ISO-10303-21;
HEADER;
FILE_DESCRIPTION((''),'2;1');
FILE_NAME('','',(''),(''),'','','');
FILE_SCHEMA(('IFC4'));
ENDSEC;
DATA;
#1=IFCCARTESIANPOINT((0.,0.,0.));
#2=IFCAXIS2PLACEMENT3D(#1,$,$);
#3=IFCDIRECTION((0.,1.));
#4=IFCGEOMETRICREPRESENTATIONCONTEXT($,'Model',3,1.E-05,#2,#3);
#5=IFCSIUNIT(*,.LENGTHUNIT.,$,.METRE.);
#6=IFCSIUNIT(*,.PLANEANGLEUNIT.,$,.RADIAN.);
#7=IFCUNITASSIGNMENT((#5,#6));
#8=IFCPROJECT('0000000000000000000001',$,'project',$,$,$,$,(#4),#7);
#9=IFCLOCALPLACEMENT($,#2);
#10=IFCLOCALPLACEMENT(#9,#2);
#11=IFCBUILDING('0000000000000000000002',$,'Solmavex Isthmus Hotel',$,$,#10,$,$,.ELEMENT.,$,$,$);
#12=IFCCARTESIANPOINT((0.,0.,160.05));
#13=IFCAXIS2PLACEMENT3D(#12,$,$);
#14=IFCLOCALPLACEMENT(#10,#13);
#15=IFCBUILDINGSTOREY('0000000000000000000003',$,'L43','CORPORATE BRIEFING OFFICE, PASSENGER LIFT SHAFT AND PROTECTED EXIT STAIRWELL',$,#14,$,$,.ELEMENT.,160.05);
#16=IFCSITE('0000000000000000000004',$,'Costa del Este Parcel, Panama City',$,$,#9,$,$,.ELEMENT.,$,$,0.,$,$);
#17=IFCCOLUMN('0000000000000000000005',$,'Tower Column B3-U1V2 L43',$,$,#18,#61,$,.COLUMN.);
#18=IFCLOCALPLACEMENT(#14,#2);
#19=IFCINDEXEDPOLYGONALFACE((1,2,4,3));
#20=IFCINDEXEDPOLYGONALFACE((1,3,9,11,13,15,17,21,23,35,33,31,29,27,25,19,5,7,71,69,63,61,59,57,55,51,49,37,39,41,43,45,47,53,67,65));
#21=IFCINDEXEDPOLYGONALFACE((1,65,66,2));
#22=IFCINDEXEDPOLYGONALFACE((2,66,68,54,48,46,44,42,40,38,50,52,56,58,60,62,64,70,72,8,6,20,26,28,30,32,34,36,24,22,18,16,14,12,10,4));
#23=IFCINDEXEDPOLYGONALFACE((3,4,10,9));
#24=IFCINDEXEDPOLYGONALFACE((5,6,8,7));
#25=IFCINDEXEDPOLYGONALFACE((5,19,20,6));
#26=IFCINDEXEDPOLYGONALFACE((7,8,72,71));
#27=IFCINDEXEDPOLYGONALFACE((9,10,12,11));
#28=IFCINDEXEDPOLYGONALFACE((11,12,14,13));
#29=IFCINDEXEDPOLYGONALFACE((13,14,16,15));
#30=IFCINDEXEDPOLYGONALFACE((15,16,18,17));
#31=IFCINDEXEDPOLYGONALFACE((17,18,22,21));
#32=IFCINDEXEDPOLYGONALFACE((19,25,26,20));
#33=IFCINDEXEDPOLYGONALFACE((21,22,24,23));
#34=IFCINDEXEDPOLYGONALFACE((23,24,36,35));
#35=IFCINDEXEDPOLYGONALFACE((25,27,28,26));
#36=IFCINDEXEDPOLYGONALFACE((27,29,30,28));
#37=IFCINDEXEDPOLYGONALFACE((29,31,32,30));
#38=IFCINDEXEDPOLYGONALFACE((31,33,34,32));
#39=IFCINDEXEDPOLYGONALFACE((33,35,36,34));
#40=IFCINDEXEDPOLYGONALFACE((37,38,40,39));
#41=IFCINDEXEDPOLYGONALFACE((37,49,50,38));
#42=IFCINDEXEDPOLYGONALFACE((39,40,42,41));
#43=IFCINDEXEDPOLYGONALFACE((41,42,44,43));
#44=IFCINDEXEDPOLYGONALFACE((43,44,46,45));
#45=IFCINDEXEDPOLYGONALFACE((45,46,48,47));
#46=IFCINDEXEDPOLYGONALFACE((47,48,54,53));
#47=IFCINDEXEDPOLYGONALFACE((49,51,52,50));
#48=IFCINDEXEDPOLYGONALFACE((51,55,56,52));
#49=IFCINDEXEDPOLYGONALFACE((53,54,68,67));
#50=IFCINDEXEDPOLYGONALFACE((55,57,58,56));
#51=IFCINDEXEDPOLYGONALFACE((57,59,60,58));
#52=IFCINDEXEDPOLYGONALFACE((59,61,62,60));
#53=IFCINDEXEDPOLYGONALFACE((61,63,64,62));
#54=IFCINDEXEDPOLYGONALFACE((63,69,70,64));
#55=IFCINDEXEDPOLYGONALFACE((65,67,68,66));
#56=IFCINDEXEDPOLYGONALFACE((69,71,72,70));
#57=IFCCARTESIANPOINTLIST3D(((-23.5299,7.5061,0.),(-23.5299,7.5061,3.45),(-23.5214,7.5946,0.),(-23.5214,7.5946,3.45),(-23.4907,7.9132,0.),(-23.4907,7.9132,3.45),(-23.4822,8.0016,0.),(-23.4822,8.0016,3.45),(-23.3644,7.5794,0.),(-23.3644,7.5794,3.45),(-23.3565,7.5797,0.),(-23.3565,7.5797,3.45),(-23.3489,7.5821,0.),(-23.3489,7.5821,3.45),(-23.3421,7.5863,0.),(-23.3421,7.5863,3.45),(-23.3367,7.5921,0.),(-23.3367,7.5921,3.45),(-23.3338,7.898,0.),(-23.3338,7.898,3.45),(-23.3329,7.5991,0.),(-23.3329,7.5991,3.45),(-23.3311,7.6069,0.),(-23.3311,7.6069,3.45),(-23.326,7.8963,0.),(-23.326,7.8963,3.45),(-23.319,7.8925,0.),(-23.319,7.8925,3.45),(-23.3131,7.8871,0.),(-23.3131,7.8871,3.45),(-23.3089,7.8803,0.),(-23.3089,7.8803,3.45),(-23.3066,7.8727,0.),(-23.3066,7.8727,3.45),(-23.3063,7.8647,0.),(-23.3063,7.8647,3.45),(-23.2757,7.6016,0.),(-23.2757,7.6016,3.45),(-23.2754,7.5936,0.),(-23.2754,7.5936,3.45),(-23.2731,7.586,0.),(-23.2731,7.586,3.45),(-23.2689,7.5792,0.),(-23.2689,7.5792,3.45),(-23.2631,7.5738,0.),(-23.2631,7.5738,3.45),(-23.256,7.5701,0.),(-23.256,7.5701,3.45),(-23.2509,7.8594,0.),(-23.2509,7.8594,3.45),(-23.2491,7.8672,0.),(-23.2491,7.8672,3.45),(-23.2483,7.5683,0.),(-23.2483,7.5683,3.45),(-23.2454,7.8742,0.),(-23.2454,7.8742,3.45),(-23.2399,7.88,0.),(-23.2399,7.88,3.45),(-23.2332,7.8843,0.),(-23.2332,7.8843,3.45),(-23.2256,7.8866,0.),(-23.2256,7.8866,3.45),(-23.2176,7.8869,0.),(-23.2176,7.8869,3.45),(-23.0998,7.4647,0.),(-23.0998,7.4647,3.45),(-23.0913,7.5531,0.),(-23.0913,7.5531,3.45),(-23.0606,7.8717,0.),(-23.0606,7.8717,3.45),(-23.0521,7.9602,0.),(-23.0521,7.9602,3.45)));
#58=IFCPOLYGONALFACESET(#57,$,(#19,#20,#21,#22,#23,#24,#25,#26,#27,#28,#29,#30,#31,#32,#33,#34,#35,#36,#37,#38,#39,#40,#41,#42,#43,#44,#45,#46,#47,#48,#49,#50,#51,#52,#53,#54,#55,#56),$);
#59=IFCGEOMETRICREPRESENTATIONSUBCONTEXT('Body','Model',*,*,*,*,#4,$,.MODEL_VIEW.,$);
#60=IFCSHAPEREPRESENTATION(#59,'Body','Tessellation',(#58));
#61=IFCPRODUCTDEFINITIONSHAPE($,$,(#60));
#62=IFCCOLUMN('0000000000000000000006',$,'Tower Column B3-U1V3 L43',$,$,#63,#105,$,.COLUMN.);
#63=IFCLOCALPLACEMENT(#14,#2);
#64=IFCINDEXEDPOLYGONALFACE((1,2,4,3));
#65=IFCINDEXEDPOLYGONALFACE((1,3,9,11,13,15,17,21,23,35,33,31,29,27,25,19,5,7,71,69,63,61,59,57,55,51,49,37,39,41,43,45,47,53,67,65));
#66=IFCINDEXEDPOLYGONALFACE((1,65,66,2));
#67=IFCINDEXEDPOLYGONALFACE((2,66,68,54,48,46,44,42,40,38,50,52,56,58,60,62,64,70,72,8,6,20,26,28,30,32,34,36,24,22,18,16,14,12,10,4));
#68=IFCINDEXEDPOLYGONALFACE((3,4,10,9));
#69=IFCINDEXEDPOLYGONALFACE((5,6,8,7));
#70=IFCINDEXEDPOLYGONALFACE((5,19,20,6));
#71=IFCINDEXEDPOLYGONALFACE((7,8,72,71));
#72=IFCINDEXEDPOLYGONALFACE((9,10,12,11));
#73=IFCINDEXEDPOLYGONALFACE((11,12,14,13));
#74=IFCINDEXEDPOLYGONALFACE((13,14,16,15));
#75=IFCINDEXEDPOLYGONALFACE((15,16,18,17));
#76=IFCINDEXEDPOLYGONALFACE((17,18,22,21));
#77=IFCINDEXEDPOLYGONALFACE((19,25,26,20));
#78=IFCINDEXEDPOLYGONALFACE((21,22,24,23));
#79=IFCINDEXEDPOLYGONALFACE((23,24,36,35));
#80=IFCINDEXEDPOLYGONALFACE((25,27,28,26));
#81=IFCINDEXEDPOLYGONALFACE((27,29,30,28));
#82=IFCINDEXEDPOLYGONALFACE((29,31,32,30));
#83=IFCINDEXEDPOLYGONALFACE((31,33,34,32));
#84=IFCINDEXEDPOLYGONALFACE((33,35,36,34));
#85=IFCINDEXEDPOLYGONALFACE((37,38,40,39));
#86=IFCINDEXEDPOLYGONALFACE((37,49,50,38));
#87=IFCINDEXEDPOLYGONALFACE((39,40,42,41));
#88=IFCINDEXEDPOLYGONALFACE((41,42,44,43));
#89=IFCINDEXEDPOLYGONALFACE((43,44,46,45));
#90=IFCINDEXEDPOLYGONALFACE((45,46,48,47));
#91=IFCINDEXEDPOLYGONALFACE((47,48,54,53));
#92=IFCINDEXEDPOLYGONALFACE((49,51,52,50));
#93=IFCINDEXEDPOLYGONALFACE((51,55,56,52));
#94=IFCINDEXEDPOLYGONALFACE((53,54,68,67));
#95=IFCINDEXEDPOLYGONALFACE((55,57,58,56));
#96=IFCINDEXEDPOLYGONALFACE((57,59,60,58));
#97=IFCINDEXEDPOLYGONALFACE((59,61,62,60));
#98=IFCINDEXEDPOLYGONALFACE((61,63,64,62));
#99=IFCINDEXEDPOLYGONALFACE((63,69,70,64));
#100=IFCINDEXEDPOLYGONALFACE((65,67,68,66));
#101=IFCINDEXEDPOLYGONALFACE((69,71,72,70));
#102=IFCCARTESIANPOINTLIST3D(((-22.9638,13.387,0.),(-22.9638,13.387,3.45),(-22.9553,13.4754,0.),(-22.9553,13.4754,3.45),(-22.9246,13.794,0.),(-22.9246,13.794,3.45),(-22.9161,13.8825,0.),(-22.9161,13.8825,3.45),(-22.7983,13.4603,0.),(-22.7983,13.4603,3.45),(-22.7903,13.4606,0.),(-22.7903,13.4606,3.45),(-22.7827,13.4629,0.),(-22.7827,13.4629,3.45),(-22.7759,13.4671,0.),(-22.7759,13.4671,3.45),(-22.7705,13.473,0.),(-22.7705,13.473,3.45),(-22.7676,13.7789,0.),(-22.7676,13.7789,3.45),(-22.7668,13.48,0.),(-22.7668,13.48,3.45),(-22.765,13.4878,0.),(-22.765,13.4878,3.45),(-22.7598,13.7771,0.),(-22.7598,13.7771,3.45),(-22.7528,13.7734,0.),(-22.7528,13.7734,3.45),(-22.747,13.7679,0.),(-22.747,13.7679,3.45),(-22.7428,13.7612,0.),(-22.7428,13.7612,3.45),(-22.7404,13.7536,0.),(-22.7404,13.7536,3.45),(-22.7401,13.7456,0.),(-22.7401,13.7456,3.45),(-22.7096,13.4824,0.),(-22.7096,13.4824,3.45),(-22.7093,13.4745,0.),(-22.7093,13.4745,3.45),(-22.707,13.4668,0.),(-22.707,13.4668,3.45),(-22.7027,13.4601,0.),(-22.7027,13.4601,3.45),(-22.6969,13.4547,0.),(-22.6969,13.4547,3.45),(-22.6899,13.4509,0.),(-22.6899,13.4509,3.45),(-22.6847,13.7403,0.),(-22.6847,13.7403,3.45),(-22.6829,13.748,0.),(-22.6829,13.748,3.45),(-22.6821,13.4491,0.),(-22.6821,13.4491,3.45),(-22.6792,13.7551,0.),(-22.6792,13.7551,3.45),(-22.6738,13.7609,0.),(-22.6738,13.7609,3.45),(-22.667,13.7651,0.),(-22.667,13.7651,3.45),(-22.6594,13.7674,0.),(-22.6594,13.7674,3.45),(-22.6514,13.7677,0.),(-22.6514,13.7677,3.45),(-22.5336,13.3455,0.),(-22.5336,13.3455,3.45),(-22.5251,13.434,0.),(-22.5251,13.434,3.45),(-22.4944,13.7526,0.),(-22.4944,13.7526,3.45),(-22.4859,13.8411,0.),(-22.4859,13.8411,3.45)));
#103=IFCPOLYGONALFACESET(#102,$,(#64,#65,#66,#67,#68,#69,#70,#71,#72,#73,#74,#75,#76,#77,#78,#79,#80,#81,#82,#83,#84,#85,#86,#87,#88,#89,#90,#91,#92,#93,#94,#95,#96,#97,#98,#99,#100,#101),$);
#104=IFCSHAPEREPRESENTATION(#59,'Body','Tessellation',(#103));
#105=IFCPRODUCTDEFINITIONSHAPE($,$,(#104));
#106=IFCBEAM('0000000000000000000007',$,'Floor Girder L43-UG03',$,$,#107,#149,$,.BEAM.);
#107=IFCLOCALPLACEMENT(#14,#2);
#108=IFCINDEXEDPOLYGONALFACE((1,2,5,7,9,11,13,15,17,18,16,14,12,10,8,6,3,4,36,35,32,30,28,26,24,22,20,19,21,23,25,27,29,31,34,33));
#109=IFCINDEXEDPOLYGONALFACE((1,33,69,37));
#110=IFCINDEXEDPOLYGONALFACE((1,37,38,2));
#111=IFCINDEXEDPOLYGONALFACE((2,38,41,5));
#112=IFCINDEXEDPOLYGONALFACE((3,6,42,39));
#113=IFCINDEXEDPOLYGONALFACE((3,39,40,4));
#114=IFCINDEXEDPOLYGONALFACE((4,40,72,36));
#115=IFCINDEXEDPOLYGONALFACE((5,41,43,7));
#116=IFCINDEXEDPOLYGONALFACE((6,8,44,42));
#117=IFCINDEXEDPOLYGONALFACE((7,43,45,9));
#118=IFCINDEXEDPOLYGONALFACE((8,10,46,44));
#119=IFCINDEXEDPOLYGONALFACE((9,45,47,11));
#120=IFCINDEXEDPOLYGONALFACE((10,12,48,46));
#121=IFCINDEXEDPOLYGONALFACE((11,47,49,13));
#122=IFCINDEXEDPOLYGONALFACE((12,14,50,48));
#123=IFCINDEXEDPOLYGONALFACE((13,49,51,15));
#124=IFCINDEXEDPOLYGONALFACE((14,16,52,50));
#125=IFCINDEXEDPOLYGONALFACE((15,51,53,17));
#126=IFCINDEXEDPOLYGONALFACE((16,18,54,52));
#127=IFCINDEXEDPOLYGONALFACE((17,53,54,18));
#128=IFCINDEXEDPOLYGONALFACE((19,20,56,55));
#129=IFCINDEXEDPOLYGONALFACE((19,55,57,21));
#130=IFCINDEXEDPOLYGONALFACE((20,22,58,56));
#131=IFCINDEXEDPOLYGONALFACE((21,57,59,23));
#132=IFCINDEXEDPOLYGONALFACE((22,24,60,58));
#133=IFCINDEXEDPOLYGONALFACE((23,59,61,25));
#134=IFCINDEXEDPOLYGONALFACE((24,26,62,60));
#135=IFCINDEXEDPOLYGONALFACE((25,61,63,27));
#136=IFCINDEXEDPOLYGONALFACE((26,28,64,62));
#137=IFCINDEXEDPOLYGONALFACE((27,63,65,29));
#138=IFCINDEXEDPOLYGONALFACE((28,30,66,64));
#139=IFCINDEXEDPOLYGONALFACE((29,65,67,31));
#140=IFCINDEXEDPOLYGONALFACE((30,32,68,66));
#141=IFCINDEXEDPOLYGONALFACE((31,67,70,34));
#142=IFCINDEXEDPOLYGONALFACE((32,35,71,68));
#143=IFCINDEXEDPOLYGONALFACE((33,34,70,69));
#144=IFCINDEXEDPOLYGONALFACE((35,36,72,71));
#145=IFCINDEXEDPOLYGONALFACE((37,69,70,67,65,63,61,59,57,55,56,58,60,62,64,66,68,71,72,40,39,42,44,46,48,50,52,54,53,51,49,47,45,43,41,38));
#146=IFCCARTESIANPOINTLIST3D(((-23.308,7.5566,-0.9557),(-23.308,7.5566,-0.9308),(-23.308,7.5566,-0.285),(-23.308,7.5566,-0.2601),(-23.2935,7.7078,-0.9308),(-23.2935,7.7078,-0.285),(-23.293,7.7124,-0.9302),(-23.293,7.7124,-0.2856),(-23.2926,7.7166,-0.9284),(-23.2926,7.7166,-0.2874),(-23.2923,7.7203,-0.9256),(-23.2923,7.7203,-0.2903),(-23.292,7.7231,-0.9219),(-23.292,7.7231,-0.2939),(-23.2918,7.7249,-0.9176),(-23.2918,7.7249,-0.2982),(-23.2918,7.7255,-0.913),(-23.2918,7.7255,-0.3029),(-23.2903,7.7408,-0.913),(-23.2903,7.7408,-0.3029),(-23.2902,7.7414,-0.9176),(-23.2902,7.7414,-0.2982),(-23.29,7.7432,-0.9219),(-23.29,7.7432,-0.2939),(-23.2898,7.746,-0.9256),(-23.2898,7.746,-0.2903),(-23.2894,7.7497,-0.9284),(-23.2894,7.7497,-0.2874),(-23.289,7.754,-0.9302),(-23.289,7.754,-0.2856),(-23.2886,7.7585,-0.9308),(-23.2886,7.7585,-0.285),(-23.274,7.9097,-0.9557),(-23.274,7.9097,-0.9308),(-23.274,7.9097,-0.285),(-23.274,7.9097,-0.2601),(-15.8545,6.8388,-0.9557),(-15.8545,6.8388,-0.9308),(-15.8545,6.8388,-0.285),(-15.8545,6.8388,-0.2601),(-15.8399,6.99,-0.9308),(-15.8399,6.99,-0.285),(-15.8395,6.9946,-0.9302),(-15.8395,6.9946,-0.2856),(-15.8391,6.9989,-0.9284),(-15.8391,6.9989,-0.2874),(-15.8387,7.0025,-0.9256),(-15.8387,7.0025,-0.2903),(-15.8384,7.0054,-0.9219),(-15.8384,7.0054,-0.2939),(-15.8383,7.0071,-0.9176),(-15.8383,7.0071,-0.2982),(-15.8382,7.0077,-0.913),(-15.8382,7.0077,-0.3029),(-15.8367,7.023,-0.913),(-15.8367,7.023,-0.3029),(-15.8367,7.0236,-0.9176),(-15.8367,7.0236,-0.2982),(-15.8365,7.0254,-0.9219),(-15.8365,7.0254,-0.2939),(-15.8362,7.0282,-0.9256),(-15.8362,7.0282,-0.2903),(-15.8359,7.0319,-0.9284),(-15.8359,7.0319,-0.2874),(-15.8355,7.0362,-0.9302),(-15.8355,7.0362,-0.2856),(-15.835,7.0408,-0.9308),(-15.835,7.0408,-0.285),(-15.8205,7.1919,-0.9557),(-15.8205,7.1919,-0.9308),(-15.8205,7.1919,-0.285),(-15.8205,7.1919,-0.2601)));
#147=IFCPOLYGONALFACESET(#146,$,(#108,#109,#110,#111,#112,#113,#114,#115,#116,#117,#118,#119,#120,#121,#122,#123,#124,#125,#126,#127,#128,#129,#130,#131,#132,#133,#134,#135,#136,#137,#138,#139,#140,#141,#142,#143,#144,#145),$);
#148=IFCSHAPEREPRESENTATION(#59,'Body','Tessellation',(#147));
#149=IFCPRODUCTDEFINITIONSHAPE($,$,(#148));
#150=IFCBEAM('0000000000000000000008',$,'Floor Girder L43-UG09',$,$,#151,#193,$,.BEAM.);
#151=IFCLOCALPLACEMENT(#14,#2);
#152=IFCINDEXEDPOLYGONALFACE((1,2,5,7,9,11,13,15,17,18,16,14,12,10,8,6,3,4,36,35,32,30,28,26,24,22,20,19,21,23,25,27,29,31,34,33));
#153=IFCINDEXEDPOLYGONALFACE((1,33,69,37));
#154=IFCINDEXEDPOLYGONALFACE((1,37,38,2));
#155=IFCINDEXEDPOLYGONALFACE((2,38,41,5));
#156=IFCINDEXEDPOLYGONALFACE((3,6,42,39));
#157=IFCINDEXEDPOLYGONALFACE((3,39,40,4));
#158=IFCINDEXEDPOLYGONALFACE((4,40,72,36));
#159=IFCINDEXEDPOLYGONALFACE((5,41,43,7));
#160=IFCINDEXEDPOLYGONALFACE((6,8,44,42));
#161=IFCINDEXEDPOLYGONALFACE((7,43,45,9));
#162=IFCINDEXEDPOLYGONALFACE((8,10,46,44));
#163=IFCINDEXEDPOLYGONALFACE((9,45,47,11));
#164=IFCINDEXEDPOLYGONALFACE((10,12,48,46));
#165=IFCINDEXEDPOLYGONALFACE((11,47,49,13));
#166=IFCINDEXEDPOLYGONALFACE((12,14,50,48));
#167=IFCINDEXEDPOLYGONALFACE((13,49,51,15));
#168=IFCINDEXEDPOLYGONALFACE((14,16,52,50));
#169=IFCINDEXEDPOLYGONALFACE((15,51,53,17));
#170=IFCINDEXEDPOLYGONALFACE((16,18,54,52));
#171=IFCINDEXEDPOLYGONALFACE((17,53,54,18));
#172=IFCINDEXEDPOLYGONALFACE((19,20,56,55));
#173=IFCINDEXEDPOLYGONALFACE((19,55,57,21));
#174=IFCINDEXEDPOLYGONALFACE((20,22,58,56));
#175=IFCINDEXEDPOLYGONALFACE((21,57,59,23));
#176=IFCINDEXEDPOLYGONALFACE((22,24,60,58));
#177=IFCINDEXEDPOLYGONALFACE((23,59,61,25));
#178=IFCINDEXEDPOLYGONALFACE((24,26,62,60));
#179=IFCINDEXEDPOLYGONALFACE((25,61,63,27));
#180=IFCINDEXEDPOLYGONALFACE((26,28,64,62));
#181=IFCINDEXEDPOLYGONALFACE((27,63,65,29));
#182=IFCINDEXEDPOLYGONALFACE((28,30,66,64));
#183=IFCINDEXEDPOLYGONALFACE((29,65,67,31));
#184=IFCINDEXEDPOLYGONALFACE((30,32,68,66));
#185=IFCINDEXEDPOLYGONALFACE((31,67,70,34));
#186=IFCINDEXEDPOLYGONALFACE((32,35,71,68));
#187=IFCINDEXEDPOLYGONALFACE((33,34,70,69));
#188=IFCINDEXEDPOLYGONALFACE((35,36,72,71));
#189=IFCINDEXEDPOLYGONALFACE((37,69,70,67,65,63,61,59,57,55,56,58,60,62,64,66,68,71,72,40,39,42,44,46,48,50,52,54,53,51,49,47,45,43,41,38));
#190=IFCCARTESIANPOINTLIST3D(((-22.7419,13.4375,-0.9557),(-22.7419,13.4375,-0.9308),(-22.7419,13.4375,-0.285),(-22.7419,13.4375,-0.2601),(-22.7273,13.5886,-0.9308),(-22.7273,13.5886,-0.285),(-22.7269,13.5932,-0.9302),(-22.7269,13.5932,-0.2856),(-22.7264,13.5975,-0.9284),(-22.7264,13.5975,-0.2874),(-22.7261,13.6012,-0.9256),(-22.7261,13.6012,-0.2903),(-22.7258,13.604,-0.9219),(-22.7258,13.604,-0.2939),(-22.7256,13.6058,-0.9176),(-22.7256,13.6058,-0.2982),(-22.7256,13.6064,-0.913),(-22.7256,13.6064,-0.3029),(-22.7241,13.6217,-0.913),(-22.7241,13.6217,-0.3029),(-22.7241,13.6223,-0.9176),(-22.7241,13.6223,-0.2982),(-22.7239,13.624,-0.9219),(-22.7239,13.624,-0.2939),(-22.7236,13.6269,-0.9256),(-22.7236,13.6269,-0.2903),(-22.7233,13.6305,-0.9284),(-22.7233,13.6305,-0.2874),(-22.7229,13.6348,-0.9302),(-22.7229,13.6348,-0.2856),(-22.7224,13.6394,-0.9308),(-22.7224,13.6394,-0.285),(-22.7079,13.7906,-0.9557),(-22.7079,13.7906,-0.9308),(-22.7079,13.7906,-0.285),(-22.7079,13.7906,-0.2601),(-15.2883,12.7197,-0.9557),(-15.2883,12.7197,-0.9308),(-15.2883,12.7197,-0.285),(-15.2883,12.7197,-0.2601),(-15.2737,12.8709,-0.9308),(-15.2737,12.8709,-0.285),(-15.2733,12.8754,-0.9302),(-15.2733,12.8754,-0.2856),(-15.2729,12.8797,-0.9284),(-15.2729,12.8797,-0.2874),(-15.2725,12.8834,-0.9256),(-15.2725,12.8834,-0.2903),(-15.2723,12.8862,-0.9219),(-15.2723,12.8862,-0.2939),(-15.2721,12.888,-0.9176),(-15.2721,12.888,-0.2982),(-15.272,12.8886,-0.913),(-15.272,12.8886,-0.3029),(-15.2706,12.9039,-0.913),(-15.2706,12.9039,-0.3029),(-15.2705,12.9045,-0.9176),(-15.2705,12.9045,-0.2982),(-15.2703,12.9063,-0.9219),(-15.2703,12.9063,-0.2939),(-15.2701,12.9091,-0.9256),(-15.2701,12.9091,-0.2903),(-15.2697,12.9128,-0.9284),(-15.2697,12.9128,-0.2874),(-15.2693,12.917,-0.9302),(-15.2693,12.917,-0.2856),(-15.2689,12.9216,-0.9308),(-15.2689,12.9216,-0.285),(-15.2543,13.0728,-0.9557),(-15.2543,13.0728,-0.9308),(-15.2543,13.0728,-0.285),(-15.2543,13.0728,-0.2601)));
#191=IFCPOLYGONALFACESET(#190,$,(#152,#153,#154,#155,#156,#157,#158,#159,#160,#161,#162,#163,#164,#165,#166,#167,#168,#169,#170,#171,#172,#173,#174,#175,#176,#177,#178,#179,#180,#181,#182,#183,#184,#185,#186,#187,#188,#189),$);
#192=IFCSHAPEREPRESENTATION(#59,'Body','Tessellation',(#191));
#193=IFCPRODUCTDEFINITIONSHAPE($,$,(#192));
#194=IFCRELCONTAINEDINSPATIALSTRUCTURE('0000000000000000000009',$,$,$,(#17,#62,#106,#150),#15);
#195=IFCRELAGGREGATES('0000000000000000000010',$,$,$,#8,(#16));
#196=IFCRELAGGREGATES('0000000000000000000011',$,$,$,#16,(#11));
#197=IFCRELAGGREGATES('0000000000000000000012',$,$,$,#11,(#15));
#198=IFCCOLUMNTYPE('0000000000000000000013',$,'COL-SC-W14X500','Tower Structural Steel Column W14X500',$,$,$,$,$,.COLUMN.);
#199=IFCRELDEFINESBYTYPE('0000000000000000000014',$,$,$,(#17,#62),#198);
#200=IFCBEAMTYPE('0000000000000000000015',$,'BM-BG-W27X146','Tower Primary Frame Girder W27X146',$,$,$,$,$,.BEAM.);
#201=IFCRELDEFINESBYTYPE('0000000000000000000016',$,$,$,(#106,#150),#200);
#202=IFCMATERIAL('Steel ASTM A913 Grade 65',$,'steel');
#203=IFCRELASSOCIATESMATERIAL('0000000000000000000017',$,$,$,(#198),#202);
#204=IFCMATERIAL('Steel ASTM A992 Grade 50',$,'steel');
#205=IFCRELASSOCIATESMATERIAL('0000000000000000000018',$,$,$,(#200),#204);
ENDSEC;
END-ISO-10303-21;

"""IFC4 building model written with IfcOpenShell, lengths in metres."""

from ifc_helpers import new_model, si_unit, direction, frame, origin, origin_2d, place, context, subcontext, project, spatial, i_section, extrude, material, material_profile, profile_set, type_object, element, save


model = new_model("IFC4")

# Units and contexts
model_context = context("Model", 3, precision=1e-05, world=origin(), true_north=direction((0.0, 1.0)))
body_context = subcontext(model_context, "Body", "Model", "MODEL_VIEW")
ifc_project = project(units=[si_unit("LENGTHUNIT", "METRE"), si_unit("PLANEANGLEUNIT", "RADIAN")], contexts=[model_context])

# Site, building, storey
site_placement = place(None, origin())
site = spatial("IfcSite", under=ifc_project, at=site_placement, Name="Costa del Este Parcel, Panama City", CompositionType="ELEMENT", RefElevation=0.0)
building_placement = place(site_placement, origin())
building = spatial("IfcBuilding", under=site, at=building_placement, Name="Solmavex Isthmus Hotel", CompositionType="ELEMENT")
storey_placement = place(building_placement, frame((0.0, 0.0, 160.05)))
storey = spatial("IfcBuildingStorey", under=building, at=storey_placement, Name="L43", Description="CORPORATE BRIEFING OFFICE, PASSENGER LIFT SHAFT AND PROTECTED EXIT STAIRWELL", CompositionType="ELEMENT", Elevation=160.05)

# Columns
ifc_material_1 = material(Name="Steel ASTM A913 Grade 65", Category="steel")
ifc_material_profile_1 = material_profile(ifc_material_1, i_section(OverallWidth=0.4321, OverallDepth=0.4978, WebThickness=0.0557, FlangeThickness=0.0889, FilletRadius=0.0305, at=origin_2d()), Name="W14X500")
ifc_profile_set_1 = profile_set([ifc_material_profile_1], Name="Steel ASTM A913 Grade 65")
column_type = type_object("IfcColumnType", Name="COL-SC-W14X500", Description="Tower Structural Steel Column W14X500", PredefinedType="COLUMN", material=ifc_profile_set_1)
for number, where, z_axis, x_axis, name in (
    (1, (-23.291, 7.7332, 0.0), (0.0, 0.0, 1.0), (0.995396, -0.095846, 0.0), "Tower Column B3-U1V2 L43"),
    (2, (-22.7249, 13.614, 0.0), (0.0, 0.0, 1.0), (0.995396, -0.095846, 0.0), "Tower Column B3-U1V3 L43"),
):
    element("IfcColumn", number, at=place(storey_placement, frame(where, z_axis=z_axis, x_axis=x_axis)), inside=storey, type_object=column_type, Name=name, PredefinedType="COLUMN", context=body_context, shape_type="SweptSolid", body=[
        extrude(i_section(OverallWidth=0.4321, OverallDepth=0.4978, WebThickness=0.0557, FlangeThickness=0.0889, FilletRadius=0.0305, at=origin_2d()), origin(), (0.0, 0.0, 1.0), 3.45),
    ])

# Beams
ifc_material_2 = material(Name="Steel ASTM A992 Grade 50", Category="steel")
ifc_material_profile_2 = material_profile(ifc_material_2, i_section(OverallWidth=0.3547, OverallDepth=0.6956, WebThickness=0.0154, FlangeThickness=0.0249, FilletRadius=0.0178, at=origin_2d()), Name="W27X146")
ifc_profile_set_2 = profile_set([ifc_material_profile_2], Name="Steel ASTM A992 Grade 50")
beam_type_1 = type_object("IfcBeamType", Name="BM-BG-W27X146", Description="Tower Primary Frame Girder W27X146", PredefinedType="BEAM", material=ifc_profile_set_2)
for number, where, z_axis, x_axis, name in (
    (3, (-23.291, 7.7332, -0.6079), (0.995395, -0.095855, 0.0), (0.095855, 0.995395, 0.0), "Floor Girder L43-UG03"),
    (4, (-22.7249, 13.614, -0.6079), (0.995395, -0.095855, 0.0), (0.095855, 0.995395, 0.0), "Floor Girder L43-UG09"),
):
    element("IfcBeam", number, at=place(storey_placement, frame(where, z_axis=z_axis, x_axis=x_axis)), inside=storey, type_object=beam_type_1, Name=name, PredefinedType="BEAM", context=body_context, shape_type="SweptSolid", body=[
        extrude(i_section(OverallWidth=0.3547, OverallDepth=0.6956, WebThickness=0.0154, FlangeThickness=0.0249, FilletRadius=0.0178, at=origin_2d()), origin(), (0.0, 0.0, 1.0), 7.488),
    ])

save(model, "model.ifc")
